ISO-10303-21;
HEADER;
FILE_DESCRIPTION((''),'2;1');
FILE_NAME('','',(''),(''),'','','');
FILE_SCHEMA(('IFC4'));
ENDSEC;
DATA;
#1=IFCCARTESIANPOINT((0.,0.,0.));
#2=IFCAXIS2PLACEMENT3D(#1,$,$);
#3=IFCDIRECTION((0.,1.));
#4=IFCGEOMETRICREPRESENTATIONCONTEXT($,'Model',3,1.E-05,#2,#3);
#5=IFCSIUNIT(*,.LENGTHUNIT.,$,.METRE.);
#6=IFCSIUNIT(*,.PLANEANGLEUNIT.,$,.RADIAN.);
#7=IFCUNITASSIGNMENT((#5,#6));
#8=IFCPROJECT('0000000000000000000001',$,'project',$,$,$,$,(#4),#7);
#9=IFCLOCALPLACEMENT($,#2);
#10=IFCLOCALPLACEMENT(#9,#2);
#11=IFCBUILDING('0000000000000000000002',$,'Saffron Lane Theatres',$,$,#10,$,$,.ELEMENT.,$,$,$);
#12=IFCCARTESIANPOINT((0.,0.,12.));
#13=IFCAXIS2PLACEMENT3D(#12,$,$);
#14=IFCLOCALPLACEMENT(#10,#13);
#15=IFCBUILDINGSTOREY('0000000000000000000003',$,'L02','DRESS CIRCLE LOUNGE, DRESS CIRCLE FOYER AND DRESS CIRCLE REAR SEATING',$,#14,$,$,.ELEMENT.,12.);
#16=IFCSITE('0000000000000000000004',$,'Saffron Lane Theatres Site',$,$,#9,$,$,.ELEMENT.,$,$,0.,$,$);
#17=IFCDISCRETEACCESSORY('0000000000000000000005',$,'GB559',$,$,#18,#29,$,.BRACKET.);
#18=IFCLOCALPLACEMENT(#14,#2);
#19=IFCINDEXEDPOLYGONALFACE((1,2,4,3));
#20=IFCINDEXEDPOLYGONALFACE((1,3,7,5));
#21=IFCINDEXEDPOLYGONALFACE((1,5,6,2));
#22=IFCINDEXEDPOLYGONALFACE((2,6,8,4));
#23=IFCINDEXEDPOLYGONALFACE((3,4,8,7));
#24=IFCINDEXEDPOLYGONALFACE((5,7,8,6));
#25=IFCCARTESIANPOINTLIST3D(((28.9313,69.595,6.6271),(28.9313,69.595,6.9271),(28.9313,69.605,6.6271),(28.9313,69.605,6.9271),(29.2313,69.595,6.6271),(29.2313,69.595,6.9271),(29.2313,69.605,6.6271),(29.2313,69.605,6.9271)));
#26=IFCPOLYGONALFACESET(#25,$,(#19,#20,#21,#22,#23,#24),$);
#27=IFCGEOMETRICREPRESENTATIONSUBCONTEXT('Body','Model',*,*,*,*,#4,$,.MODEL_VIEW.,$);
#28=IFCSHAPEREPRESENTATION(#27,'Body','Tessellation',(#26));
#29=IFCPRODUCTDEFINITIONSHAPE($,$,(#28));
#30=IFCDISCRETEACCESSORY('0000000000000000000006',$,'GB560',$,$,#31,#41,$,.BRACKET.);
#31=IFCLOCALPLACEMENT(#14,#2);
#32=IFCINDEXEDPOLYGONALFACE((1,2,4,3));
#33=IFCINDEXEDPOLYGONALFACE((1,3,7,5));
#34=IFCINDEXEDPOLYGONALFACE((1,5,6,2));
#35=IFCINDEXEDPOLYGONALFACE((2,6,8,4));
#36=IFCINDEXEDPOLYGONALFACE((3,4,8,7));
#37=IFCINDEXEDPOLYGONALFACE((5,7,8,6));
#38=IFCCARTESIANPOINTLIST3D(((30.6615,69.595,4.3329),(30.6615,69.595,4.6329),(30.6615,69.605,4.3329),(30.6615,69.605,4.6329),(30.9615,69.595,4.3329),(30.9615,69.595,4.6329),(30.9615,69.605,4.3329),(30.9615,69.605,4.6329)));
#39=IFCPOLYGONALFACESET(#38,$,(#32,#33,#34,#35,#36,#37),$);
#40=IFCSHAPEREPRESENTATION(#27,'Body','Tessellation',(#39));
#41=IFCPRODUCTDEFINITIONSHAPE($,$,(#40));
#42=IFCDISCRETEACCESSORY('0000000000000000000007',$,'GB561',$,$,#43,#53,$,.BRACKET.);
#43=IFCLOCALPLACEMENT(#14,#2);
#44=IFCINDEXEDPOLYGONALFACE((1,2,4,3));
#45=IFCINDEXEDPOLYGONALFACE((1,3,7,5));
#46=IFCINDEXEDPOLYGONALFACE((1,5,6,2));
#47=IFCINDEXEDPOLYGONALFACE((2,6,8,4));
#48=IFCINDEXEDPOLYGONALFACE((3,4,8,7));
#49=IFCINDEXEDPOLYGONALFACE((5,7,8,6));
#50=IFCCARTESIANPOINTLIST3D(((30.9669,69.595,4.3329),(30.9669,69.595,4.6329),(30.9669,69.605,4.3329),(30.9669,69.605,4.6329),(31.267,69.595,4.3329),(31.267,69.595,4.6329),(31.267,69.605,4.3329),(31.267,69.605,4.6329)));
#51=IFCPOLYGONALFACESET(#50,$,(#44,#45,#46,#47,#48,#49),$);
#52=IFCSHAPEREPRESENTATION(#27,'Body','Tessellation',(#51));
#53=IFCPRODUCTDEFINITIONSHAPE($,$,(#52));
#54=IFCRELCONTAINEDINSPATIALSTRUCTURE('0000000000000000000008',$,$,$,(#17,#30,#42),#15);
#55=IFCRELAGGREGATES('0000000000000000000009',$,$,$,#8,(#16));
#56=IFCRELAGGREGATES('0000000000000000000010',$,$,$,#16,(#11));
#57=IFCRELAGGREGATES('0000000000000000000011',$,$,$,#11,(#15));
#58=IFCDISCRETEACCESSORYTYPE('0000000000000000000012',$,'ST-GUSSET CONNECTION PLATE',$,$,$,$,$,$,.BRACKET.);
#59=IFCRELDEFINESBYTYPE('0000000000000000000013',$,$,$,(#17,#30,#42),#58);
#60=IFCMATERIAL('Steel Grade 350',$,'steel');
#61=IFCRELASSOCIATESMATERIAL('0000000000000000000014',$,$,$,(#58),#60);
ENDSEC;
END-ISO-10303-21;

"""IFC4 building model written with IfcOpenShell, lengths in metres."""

from ifc_helpers import new_model, si_unit, direction, frame, origin, origin_2d, place, context, subcontext, project, spatial, rectangle, extrude, material, material_profile, profile_set, type_object, element, save


model = new_model("IFC4")

# Units and contexts
model_context = context("Model", 3, precision=1e-05, world=origin(), true_north=direction((0.0, 1.0)))
body_context = subcontext(model_context, "Body", "Model", "MODEL_VIEW")
ifc_project = project(units=[si_unit("LENGTHUNIT", "METRE"), si_unit("PLANEANGLEUNIT", "RADIAN")], contexts=[model_context])

# Site, building, storey
site_placement = place(None, origin())
site = spatial("IfcSite", under=ifc_project, at=site_placement, Name="Saffron Lane Theatres Site", CompositionType="ELEMENT", RefElevation=0.0)
building_placement = place(site_placement, origin())
building = spatial("IfcBuilding", under=site, at=building_placement, Name="Saffron Lane Theatres", CompositionType="ELEMENT")
storey_placement = place(building_placement, frame((0.0, 0.0, 12.0)))
storey = spatial("IfcBuildingStorey", under=building, at=storey_placement, Name="L02", Description="DRESS CIRCLE LOUNGE, DRESS CIRCLE FOYER AND DRESS CIRCLE REAR SEATING", CompositionType="ELEMENT", Elevation=12.0)

# Discrete accessories
ifc_material_1 = material(Name="Steel Grade 350", Category="steel")
ifc_material_profile_1 = material_profile(ifc_material_1, rectangle(XDim=0.3, YDim=0.3, at=origin_2d()))
ifc_profile_set_1 = profile_set([ifc_material_profile_1], Name="Steel Grade 350")
discrete_accessory_type = type_object("IfcDiscreteAccessoryType", Name="ST-GUSSET CONNECTION PLATE", PredefinedType="BRACKET", material=ifc_profile_set_1)
for number, where, z_axis, x_axis, name in (
    (1, (29.0813, 69.595, 6.7771), (0.0, 1.0, 0.0), (-1.0, 0.0, 0.0), "GB559"),
    (2, (30.8115, 69.595, 4.4829), (0.0, 1.0, 0.0), (-1.0, 0.0, 0.0), "GB560"),
    (3, (31.1169, 69.595, 4.4829), (0.0, 1.0, 0.0), (-1.0, 0.0, 0.0), "GB561"),
):
    element("IfcDiscreteAccessory", number, at=place(storey_placement, frame(where, z_axis=z_axis, x_axis=x_axis)), inside=storey, type_object=discrete_accessory_type, Name=name, PredefinedType="BRACKET", context=body_context, shape_type="SweptSolid", body=[
        extrude(rectangle(XDim=0.3, YDim=0.3, at=origin_2d()), origin(), (0.0, 0.0, 1.0), 0.01),
    ])

save(model, "model.ifc")
